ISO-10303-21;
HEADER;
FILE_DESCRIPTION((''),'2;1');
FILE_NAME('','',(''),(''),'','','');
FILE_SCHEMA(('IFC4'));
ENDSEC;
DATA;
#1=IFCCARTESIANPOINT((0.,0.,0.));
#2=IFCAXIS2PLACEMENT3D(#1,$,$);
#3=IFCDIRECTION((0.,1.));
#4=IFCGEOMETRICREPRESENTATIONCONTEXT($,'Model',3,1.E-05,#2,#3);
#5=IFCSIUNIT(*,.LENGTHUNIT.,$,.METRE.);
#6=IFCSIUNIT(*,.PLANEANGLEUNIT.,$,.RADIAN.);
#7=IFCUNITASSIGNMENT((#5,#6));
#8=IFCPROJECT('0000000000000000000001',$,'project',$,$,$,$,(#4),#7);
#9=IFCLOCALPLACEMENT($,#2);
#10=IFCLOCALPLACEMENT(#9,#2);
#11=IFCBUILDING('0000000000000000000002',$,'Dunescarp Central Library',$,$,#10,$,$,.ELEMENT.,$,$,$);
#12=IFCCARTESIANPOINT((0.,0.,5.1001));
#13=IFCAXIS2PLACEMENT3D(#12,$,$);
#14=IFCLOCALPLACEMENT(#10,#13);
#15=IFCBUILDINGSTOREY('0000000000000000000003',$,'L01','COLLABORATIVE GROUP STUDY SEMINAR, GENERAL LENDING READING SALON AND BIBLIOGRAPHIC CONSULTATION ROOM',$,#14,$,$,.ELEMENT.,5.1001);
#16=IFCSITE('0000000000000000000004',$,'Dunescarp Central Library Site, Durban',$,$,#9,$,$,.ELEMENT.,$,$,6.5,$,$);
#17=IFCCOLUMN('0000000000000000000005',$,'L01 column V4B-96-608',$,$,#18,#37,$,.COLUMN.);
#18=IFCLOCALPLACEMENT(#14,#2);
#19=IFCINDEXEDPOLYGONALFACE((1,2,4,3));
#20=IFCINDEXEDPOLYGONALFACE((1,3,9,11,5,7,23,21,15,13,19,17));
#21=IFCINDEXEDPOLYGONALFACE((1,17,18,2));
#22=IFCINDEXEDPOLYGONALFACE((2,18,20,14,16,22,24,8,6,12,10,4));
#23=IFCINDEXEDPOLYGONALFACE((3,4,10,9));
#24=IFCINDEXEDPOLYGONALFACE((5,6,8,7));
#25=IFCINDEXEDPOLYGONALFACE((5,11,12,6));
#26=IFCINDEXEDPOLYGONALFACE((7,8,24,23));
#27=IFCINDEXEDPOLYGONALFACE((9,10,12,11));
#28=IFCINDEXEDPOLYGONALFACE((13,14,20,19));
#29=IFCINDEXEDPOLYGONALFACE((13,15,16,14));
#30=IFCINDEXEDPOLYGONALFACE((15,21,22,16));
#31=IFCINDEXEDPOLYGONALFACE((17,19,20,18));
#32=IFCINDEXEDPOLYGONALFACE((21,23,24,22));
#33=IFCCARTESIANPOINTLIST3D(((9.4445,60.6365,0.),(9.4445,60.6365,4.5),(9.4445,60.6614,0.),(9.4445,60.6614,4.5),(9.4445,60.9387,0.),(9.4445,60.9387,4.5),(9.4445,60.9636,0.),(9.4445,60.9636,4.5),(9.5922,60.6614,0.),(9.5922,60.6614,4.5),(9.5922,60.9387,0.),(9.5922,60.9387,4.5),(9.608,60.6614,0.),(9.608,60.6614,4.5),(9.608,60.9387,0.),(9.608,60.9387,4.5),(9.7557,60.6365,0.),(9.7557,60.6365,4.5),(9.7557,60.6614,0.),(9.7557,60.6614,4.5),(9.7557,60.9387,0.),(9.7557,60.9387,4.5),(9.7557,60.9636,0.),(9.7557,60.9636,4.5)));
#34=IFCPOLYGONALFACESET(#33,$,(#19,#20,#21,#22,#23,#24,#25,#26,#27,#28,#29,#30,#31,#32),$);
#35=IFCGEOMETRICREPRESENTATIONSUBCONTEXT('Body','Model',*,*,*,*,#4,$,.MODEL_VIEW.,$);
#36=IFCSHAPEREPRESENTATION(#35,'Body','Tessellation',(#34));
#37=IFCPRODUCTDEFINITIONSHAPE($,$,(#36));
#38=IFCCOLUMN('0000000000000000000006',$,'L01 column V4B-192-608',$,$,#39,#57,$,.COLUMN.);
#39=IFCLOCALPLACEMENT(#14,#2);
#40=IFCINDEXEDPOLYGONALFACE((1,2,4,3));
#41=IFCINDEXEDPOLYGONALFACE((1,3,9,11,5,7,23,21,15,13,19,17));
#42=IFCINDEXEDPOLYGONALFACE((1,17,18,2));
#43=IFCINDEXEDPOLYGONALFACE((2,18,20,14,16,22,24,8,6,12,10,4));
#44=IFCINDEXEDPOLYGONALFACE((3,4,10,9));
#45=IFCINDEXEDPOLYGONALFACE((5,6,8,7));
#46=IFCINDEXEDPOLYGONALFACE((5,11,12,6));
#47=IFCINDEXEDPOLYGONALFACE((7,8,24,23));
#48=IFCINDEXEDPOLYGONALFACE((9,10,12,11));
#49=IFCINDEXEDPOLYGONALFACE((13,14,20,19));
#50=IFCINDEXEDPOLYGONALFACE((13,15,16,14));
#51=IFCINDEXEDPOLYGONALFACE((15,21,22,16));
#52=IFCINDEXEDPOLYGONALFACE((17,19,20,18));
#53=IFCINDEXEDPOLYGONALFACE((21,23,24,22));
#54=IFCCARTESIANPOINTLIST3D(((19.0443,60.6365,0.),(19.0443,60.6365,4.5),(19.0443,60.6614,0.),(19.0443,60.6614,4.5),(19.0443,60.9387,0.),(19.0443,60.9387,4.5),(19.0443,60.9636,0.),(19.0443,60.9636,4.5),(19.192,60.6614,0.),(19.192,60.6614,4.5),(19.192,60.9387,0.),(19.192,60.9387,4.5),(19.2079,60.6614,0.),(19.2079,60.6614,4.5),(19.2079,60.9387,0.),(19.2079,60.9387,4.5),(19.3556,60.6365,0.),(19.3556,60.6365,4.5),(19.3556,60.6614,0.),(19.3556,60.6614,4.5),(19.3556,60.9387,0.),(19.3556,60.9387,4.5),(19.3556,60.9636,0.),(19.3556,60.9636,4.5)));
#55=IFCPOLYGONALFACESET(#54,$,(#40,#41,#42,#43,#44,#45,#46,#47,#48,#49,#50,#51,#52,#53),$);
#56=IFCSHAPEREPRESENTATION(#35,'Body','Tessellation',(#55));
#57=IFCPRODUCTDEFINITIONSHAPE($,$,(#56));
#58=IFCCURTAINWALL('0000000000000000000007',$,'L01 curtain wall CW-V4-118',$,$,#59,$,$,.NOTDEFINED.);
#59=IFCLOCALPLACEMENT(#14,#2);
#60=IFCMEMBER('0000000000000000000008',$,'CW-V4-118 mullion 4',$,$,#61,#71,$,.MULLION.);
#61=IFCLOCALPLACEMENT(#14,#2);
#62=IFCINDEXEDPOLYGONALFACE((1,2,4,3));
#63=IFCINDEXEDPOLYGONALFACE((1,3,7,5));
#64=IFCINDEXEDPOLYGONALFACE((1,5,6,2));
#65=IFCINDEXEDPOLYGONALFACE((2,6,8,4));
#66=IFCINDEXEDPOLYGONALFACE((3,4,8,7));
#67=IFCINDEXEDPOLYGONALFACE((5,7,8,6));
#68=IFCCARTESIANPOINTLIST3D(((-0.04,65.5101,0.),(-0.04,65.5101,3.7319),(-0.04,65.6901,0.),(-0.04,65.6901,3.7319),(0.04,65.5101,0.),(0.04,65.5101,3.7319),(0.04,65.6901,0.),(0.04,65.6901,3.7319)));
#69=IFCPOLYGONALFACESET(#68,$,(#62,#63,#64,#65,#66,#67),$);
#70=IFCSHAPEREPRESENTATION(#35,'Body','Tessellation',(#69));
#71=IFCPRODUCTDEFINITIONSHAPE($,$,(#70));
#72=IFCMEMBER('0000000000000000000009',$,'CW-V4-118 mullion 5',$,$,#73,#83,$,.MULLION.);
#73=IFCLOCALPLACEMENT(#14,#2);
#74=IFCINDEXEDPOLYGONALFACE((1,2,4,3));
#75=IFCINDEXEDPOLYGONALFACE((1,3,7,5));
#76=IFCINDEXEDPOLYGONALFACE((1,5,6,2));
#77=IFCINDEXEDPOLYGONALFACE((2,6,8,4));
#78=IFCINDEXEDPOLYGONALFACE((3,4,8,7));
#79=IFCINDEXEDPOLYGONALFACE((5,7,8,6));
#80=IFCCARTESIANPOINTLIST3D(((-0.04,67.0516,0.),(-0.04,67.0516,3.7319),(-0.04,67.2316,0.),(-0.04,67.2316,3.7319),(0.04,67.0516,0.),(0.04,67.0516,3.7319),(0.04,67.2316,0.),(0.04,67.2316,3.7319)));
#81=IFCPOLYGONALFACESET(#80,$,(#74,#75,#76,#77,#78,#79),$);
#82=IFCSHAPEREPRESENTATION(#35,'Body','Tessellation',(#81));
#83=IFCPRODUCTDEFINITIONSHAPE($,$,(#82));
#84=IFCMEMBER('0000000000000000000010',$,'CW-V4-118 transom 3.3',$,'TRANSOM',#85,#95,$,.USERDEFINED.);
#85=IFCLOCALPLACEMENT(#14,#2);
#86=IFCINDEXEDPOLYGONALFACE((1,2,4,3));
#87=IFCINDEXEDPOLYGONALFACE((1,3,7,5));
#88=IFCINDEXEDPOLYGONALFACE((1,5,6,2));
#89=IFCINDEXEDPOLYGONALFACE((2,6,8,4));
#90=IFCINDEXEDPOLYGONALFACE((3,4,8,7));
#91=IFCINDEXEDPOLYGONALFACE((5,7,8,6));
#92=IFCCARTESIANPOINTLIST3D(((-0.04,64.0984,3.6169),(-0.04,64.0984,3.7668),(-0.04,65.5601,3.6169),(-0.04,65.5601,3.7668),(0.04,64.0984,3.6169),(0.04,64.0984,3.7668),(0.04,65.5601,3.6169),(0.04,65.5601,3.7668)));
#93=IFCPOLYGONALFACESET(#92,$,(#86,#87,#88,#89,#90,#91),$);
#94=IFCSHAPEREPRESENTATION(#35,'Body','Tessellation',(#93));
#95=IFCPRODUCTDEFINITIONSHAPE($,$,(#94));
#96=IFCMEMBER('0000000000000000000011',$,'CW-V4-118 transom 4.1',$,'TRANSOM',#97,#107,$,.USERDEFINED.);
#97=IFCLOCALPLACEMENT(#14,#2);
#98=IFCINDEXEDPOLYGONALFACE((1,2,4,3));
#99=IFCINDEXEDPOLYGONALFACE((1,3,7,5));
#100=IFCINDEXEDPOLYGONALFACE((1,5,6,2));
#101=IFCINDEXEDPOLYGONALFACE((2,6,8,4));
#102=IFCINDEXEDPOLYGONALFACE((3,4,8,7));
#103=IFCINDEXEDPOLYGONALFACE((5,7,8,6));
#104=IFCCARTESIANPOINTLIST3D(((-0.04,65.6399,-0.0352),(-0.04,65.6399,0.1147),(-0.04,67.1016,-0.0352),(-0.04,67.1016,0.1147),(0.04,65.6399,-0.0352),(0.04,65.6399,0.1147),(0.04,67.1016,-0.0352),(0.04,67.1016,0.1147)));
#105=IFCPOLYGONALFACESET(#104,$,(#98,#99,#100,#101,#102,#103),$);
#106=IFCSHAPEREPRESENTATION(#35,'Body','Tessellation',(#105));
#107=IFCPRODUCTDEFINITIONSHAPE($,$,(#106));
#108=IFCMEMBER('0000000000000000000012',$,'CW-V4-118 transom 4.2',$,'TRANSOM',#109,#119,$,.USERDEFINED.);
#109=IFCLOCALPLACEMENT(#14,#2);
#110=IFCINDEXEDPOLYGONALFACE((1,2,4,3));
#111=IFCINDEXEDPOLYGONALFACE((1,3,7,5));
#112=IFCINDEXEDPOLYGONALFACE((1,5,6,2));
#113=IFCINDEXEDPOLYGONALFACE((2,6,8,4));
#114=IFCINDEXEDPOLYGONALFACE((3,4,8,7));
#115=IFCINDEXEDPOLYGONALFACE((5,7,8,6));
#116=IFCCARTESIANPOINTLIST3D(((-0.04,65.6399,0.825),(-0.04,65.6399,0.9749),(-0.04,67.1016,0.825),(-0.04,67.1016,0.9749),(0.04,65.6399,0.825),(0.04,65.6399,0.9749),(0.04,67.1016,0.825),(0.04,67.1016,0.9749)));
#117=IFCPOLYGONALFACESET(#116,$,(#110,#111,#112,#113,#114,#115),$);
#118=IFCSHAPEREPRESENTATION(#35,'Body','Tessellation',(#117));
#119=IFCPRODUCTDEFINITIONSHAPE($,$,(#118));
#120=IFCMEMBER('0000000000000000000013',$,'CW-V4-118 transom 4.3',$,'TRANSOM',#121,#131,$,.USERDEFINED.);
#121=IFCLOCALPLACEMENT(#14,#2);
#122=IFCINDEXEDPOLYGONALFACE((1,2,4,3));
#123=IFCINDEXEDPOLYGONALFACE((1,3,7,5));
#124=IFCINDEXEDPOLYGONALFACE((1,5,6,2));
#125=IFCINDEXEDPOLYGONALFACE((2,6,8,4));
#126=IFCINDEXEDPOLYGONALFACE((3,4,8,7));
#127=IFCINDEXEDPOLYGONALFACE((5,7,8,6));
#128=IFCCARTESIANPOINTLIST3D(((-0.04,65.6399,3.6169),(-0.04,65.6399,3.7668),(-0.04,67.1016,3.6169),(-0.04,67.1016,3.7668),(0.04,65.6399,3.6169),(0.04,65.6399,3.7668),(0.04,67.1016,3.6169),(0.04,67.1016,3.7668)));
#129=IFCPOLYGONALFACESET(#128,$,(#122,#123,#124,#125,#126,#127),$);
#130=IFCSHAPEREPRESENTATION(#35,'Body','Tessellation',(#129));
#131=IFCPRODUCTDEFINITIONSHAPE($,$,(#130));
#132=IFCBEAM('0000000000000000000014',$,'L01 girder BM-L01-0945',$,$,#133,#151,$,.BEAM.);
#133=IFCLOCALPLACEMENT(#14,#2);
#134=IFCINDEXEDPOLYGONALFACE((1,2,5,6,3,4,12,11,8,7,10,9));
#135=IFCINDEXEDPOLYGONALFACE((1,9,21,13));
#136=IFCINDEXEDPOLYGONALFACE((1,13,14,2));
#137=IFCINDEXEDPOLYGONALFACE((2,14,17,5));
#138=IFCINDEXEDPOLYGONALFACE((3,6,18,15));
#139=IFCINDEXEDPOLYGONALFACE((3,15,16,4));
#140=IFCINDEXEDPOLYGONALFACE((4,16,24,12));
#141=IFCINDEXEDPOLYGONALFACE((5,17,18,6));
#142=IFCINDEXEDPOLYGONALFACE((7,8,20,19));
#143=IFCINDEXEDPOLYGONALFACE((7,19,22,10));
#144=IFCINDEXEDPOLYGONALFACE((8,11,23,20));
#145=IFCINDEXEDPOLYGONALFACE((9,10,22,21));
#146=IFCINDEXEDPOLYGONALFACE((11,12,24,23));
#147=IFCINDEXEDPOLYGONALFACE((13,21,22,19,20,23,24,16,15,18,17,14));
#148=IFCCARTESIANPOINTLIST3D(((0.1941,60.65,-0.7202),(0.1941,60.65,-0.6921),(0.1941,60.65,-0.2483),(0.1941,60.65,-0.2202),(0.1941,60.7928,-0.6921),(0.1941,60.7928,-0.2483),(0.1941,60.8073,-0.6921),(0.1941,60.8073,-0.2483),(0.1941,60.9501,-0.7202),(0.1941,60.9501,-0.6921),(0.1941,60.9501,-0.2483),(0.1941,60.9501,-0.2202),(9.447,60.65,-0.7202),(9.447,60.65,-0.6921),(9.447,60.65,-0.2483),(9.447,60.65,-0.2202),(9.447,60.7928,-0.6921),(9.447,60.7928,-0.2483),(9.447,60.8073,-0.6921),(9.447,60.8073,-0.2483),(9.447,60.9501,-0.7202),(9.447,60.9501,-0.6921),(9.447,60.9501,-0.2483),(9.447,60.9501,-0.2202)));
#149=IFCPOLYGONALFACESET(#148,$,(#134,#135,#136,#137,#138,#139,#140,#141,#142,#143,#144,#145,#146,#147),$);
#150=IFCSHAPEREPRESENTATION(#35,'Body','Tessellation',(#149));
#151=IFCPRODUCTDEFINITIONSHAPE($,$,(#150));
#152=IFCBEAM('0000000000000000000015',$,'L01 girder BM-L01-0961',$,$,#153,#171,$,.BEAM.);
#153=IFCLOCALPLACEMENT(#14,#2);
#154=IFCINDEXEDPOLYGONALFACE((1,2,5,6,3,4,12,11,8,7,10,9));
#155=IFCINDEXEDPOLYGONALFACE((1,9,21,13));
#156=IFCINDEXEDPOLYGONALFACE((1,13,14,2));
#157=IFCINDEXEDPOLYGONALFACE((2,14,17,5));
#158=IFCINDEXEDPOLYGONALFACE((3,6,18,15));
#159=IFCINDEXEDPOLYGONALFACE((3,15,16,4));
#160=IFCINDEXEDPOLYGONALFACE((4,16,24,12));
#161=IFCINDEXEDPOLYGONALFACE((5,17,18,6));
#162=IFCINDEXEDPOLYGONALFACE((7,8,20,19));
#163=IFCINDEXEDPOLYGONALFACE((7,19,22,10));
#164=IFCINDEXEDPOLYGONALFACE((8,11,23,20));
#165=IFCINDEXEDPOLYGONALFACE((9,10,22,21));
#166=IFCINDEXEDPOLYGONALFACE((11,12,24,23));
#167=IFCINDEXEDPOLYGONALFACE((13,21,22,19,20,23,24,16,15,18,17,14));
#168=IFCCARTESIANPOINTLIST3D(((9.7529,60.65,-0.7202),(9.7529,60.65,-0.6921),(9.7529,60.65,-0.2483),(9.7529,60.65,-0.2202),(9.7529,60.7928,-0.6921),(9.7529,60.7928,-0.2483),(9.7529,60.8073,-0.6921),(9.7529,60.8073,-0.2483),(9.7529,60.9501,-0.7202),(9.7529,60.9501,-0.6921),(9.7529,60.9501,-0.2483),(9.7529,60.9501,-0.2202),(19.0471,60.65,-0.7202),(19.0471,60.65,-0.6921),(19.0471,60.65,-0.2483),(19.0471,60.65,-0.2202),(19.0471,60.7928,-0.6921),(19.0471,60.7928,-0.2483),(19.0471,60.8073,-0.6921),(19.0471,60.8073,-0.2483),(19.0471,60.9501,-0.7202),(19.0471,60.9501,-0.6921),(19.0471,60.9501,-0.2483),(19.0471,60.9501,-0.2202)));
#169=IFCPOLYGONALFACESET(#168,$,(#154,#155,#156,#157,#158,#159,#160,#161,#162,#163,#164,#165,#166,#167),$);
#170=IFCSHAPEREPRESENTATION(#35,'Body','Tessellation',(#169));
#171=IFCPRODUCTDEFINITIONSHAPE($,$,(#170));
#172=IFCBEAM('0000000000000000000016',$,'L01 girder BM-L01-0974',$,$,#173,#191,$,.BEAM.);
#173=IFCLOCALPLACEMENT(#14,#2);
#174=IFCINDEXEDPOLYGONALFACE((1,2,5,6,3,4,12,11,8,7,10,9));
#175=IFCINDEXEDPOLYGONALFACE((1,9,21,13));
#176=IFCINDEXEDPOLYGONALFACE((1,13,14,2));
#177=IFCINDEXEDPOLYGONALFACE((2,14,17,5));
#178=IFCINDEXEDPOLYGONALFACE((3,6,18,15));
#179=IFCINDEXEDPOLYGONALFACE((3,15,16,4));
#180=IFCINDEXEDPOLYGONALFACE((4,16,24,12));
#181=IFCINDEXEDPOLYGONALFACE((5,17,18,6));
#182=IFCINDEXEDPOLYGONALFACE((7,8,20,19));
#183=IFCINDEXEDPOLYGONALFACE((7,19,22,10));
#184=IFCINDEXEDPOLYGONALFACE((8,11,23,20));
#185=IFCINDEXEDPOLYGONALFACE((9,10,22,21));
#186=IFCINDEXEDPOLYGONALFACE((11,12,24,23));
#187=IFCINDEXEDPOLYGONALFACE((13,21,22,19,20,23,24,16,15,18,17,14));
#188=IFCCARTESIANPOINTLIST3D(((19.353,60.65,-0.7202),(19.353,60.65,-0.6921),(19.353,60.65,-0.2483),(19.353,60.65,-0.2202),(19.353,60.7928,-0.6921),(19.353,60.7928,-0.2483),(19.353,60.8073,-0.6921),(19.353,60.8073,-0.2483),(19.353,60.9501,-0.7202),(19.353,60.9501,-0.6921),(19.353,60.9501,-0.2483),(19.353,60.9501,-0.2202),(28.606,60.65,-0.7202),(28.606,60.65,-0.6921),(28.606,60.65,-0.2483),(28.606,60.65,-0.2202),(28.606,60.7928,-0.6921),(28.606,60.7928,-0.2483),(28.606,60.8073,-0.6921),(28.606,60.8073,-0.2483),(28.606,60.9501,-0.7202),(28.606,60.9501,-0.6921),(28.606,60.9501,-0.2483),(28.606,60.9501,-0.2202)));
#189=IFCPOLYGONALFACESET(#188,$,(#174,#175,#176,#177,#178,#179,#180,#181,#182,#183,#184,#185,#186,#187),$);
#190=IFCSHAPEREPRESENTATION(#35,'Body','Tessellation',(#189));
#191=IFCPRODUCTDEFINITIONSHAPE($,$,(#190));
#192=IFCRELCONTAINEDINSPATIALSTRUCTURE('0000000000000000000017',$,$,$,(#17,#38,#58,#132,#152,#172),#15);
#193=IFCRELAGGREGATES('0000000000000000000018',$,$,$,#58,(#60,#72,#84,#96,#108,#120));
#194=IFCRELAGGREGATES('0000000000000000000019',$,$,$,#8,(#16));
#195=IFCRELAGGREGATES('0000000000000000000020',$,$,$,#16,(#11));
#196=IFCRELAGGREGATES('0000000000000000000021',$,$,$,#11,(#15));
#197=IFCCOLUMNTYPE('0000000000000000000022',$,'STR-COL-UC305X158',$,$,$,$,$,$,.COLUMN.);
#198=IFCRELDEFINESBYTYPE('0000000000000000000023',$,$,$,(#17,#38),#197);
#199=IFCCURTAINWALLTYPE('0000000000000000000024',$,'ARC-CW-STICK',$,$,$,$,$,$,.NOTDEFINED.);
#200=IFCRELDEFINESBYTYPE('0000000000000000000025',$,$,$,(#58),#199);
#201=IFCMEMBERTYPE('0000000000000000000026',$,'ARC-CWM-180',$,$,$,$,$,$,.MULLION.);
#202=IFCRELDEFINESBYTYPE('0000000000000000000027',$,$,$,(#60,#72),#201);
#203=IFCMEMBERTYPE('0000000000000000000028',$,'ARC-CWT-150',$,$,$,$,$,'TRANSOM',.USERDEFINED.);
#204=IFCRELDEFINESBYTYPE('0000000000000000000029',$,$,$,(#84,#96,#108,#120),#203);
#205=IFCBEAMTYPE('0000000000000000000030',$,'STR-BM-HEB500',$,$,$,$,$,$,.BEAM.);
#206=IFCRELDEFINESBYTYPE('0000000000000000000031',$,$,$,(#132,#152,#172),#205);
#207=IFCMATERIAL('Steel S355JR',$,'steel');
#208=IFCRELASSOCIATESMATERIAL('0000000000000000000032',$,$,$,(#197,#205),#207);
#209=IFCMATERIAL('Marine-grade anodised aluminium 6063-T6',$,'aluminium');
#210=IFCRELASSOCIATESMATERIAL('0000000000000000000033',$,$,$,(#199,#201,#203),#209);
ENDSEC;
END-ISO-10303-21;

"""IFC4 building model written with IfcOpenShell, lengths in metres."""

from ifc_helpers import new_model, si_unit, direction, frame, origin, origin_2d, place, context, subcontext, project, spatial, rectangle, i_section, extrude, material, material_profile, profile_set, type_object, element, aggregate, save


model = new_model("IFC4")

# Units and contexts
model_context = context("Model", 3, precision=1e-05, world=origin(), true_north=direction((0.0, 1.0)))
body_context = subcontext(model_context, "Body", "Model", "MODEL_VIEW")
ifc_project = project(units=[si_unit("LENGTHUNIT", "METRE"), si_unit("PLANEANGLEUNIT", "RADIAN")], contexts=[model_context])

# Site, building, storey
site_placement = place(None, origin())
site = spatial("IfcSite", under=ifc_project, at=site_placement, Name="Dunescarp Central Library Site, Durban", CompositionType="ELEMENT", RefElevation=6.5)
building_placement = place(site_placement, origin())
building = spatial("IfcBuilding", under=site, at=building_placement, Name="Dunescarp Central Library", CompositionType="ELEMENT")
storey_placement = place(building_placement, frame((0.0, 0.0, 5.1001)))
storey = spatial("IfcBuildingStorey", under=building, at=storey_placement, Name="L01", Description="COLLABORATIVE GROUP STUDY SEMINAR, GENERAL LENDING READING SALON AND BIBLIOGRAPHIC CONSULTATION ROOM", CompositionType="ELEMENT", Elevation=5.1001)

# Columns
ifc_material_1 = material(Name="Steel S355JR", Category="steel")
ifc_material_profile_1 = material_profile(ifc_material_1, i_section(OverallWidth=0.3113, OverallDepth=0.3271, WebThickness=0.0159, FlangeThickness=0.0249, at=origin_2d()), Name="UC 305x305x158")
ifc_profile_set_1 = profile_set([ifc_material_profile_1], Name="Steel S355JR")
column_type = type_object("IfcColumnType", Name="STR-COL-UC305X158", PredefinedType="COLUMN", material=ifc_profile_set_1)
for number, where, z_axis, x_axis, name in (
    (1, (9.6001, 60.8, 0.0), (0.0, 0.0, 1.0), (1.0, 0.0, 0.0), "L01 column V4B-96-608"),
    (2, (19.2, 60.8, 0.0), (0.0, 0.0, 1.0), (1.0, 0.0, 0.0), "L01 column V4B-192-608"),
):
    element("IfcColumn", number, at=place(storey_placement, frame(where, z_axis=z_axis, x_axis=x_axis)), inside=storey, type_object=column_type, Name=name, PredefinedType="COLUMN", context=body_context, shape_type="SweptSolid", body=[
        extrude(i_section(OverallWidth=0.3113, OverallDepth=0.3271, WebThickness=0.0159, FlangeThickness=0.0249, at=origin_2d()), origin(), (0.0, 0.0, 1.0), 4.5),
    ])

# Curtain wall, members
ifc_material_2 = material(Name="Marine-grade anodised aluminium 6063-T6", Category="aluminium")
curtain_wall_type = type_object("IfcCurtainWallType", Name="ARC-CW-STICK", PredefinedType="NOTDEFINED", material=ifc_material_2)
curtain_wall_placement = place(storey_placement, origin())
curtain_wall = element("IfcCurtainWall", 3, at=curtain_wall_placement, inside=storey, type_object=curtain_wall_type, Name="L01 curtain wall CW-V4-118", PredefinedType="NOTDEFINED")
ifc_material_profile_2 = material_profile(ifc_material_2, rectangle(XDim=0.0801, YDim=0.1799, at=origin_2d()), Name="AL 80x180")
ifc_profile_set_2 = profile_set([ifc_material_profile_2], Name="Marine-grade anodised aluminium 6063-T6")
member_type_1 = type_object("IfcMemberType", Name="ARC-CWM-180", PredefinedType="MULLION", material=ifc_profile_set_2)
member_1_placement = place(storey_placement, frame((0.0, 65.6001, 0.0), z_axis=(0.0, 0.0, 1.0), x_axis=(-1.0, 0.0, 0.0)))
member_1 = element("IfcMember", 4, at=member_1_placement, type_object=member_type_1, Name="CW-V4-118 mullion 4", PredefinedType="MULLION", context=body_context, shape_type="SweptSolid", body=[
    extrude(rectangle(XDim=0.0801, YDim=0.1799, at=origin_2d()), origin(), (0.0, 0.0, 1.0), 3.7319),
])
member_2_placement = place(storey_placement, frame((0.0, 67.1416, 0.0), z_axis=(0.0, 0.0, 1.0), x_axis=(-1.0, 0.0, 0.0)))
member_2 = element("IfcMember", 5, at=member_2_placement, type_object=member_type_1, Name="CW-V4-118 mullion 5", PredefinedType="MULLION", context=body_context, shape_type="SweptSolid", body=[
    extrude(rectangle(XDim=0.0801, YDim=0.1799, at=origin_2d()), origin(), (0.0, 0.0, 1.0), 3.7319),
])
ifc_material_profile_3 = material_profile(ifc_material_2, rectangle(XDim=0.0801, YDim=0.1499, at=origin_2d()), Name="AL 80x150")
ifc_profile_set_3 = profile_set([ifc_material_profile_3], Name="Marine-grade anodised aluminium 6063-T6")
member_type_2 = type_object("IfcMemberType", Name="ARC-CWT-150", ElementType="TRANSOM", PredefinedType="USERDEFINED", material=ifc_profile_set_3)
member_3_placement = place(storey_placement, frame((0.0, 64.0984, 3.6919), z_axis=(0.0, 1.0, 0.0), x_axis=(-1.0, 0.0, 0.0)))
member_3 = element("IfcMember", 6, at=member_3_placement, type_object=member_type_2, Name="CW-V4-118 transom 3.3", ObjectType="TRANSOM", PredefinedType="USERDEFINED", context=body_context, shape_type="SweptSolid", body=[
    extrude(rectangle(XDim=0.0801, YDim=0.1499, at=origin_2d()), origin(), (0.0, 0.0, 1.0), 1.4617),
])
member_4_placement = place(storey_placement, frame((0.0, 65.6399, 0.0398), z_axis=(0.0, 1.0, 0.0), x_axis=(-1.0, 0.0, 0.0)))
member_4 = element("IfcMember", 7, at=member_4_placement, type_object=member_type_2, Name="CW-V4-118 transom 4.1", ObjectType="TRANSOM", PredefinedType="USERDEFINED", context=body_context, shape_type="SweptSolid", body=[
    extrude(rectangle(XDim=0.0801, YDim=0.1499, at=origin_2d()), origin(), (0.0, 0.0, 1.0), 1.4617),
])
member_5_placement = place(storey_placement, frame((0.0, 65.6399, 0.8999), z_axis=(0.0, 1.0, 0.0), x_axis=(-1.0, 0.0, 0.0)))
member_5 = element("IfcMember", 8, at=member_5_placement, type_object=member_type_2, Name="CW-V4-118 transom 4.2", ObjectType="TRANSOM", PredefinedType="USERDEFINED", context=body_context, shape_type="SweptSolid", body=[
    extrude(rectangle(XDim=0.0801, YDim=0.1499, at=origin_2d()), origin(), (0.0, 0.0, 1.0), 1.4617),
])
member_6_placement = place(storey_placement, frame((0.0, 65.6399, 3.6919), z_axis=(0.0, 1.0, 0.0), x_axis=(-1.0, 0.0, 0.0)))
member_6 = element("IfcMember", 9, at=member_6_placement, type_object=member_type_2, Name="CW-V4-118 transom 4.3", ObjectType="TRANSOM", PredefinedType="USERDEFINED", context=body_context, shape_type="SweptSolid", body=[
    extrude(rectangle(XDim=0.0801, YDim=0.1499, at=origin_2d()), origin(), (0.0, 0.0, 1.0), 1.4617),
])

# Beams
ifc_material_profile_4 = material_profile(ifc_material_1, i_section(OverallWidth=0.3, OverallDepth=0.5, WebThickness=0.0144, FlangeThickness=0.0281, at=origin_2d()), Name="HEB 500")
ifc_profile_set_4 = profile_set([ifc_material_profile_4], Name="Steel S355JR")
beam_type_1 = type_object("IfcBeamType", Name="STR-BM-HEB500", PredefinedType="BEAM", material=ifc_profile_set_4)
beam_1_placement = place(storey_placement, frame((0.1941, 60.8, -0.4702), z_axis=(1.0, 0.0, 0.0), x_axis=(0.0, 1.0, 0.0)))
element("IfcBeam", 10, at=beam_1_placement, inside=storey, type_object=beam_type_1, Name="L01 girder BM-L01-0945", PredefinedType="BEAM", context=body_context, shape_type="SweptSolid", body=[
    extrude(i_section(OverallWidth=0.3, OverallDepth=0.5, WebThickness=0.0144, FlangeThickness=0.0281, at=origin_2d()), origin(), (0.0, 0.0, 1.0), 9.2529),
])
beam_2_placement = place(storey_placement, frame((9.7529, 60.8, -0.4702), z_axis=(1.0, 0.0, 0.0), x_axis=(0.0, 1.0, 0.0)))
element("IfcBeam", 11, at=beam_2_placement, inside=storey, type_object=beam_type_1, Name="L01 girder BM-L01-0961", PredefinedType="BEAM", context=body_context, shape_type="SweptSolid", body=[
    extrude(i_section(OverallWidth=0.3, OverallDepth=0.5, WebThickness=0.0144, FlangeThickness=0.0281, at=origin_2d()), origin(), (0.0, 0.0, 1.0), 9.2942),
])
beam_3_placement = place(storey_placement, frame((19.353, 60.8, -0.4702), z_axis=(1.0, 0.0, 0.0), x_axis=(0.0, 1.0, 0.0)))
element("IfcBeam", 12, at=beam_3_placement, inside=storey, type_object=beam_type_1, Name="L01 girder BM-L01-0974", PredefinedType="BEAM", context=body_context, shape_type="SweptSolid", body=[
    extrude(i_section(OverallWidth=0.3, OverallDepth=0.5, WebThickness=0.0144, FlangeThickness=0.0281, at=origin_2d()), origin(), (0.0, 0.0, 1.0), 9.2529),
])

aggregate(curtain_wall, [member_1, member_2, member_3, member_4, member_5, member_6])

save(model, "model.ifc")
